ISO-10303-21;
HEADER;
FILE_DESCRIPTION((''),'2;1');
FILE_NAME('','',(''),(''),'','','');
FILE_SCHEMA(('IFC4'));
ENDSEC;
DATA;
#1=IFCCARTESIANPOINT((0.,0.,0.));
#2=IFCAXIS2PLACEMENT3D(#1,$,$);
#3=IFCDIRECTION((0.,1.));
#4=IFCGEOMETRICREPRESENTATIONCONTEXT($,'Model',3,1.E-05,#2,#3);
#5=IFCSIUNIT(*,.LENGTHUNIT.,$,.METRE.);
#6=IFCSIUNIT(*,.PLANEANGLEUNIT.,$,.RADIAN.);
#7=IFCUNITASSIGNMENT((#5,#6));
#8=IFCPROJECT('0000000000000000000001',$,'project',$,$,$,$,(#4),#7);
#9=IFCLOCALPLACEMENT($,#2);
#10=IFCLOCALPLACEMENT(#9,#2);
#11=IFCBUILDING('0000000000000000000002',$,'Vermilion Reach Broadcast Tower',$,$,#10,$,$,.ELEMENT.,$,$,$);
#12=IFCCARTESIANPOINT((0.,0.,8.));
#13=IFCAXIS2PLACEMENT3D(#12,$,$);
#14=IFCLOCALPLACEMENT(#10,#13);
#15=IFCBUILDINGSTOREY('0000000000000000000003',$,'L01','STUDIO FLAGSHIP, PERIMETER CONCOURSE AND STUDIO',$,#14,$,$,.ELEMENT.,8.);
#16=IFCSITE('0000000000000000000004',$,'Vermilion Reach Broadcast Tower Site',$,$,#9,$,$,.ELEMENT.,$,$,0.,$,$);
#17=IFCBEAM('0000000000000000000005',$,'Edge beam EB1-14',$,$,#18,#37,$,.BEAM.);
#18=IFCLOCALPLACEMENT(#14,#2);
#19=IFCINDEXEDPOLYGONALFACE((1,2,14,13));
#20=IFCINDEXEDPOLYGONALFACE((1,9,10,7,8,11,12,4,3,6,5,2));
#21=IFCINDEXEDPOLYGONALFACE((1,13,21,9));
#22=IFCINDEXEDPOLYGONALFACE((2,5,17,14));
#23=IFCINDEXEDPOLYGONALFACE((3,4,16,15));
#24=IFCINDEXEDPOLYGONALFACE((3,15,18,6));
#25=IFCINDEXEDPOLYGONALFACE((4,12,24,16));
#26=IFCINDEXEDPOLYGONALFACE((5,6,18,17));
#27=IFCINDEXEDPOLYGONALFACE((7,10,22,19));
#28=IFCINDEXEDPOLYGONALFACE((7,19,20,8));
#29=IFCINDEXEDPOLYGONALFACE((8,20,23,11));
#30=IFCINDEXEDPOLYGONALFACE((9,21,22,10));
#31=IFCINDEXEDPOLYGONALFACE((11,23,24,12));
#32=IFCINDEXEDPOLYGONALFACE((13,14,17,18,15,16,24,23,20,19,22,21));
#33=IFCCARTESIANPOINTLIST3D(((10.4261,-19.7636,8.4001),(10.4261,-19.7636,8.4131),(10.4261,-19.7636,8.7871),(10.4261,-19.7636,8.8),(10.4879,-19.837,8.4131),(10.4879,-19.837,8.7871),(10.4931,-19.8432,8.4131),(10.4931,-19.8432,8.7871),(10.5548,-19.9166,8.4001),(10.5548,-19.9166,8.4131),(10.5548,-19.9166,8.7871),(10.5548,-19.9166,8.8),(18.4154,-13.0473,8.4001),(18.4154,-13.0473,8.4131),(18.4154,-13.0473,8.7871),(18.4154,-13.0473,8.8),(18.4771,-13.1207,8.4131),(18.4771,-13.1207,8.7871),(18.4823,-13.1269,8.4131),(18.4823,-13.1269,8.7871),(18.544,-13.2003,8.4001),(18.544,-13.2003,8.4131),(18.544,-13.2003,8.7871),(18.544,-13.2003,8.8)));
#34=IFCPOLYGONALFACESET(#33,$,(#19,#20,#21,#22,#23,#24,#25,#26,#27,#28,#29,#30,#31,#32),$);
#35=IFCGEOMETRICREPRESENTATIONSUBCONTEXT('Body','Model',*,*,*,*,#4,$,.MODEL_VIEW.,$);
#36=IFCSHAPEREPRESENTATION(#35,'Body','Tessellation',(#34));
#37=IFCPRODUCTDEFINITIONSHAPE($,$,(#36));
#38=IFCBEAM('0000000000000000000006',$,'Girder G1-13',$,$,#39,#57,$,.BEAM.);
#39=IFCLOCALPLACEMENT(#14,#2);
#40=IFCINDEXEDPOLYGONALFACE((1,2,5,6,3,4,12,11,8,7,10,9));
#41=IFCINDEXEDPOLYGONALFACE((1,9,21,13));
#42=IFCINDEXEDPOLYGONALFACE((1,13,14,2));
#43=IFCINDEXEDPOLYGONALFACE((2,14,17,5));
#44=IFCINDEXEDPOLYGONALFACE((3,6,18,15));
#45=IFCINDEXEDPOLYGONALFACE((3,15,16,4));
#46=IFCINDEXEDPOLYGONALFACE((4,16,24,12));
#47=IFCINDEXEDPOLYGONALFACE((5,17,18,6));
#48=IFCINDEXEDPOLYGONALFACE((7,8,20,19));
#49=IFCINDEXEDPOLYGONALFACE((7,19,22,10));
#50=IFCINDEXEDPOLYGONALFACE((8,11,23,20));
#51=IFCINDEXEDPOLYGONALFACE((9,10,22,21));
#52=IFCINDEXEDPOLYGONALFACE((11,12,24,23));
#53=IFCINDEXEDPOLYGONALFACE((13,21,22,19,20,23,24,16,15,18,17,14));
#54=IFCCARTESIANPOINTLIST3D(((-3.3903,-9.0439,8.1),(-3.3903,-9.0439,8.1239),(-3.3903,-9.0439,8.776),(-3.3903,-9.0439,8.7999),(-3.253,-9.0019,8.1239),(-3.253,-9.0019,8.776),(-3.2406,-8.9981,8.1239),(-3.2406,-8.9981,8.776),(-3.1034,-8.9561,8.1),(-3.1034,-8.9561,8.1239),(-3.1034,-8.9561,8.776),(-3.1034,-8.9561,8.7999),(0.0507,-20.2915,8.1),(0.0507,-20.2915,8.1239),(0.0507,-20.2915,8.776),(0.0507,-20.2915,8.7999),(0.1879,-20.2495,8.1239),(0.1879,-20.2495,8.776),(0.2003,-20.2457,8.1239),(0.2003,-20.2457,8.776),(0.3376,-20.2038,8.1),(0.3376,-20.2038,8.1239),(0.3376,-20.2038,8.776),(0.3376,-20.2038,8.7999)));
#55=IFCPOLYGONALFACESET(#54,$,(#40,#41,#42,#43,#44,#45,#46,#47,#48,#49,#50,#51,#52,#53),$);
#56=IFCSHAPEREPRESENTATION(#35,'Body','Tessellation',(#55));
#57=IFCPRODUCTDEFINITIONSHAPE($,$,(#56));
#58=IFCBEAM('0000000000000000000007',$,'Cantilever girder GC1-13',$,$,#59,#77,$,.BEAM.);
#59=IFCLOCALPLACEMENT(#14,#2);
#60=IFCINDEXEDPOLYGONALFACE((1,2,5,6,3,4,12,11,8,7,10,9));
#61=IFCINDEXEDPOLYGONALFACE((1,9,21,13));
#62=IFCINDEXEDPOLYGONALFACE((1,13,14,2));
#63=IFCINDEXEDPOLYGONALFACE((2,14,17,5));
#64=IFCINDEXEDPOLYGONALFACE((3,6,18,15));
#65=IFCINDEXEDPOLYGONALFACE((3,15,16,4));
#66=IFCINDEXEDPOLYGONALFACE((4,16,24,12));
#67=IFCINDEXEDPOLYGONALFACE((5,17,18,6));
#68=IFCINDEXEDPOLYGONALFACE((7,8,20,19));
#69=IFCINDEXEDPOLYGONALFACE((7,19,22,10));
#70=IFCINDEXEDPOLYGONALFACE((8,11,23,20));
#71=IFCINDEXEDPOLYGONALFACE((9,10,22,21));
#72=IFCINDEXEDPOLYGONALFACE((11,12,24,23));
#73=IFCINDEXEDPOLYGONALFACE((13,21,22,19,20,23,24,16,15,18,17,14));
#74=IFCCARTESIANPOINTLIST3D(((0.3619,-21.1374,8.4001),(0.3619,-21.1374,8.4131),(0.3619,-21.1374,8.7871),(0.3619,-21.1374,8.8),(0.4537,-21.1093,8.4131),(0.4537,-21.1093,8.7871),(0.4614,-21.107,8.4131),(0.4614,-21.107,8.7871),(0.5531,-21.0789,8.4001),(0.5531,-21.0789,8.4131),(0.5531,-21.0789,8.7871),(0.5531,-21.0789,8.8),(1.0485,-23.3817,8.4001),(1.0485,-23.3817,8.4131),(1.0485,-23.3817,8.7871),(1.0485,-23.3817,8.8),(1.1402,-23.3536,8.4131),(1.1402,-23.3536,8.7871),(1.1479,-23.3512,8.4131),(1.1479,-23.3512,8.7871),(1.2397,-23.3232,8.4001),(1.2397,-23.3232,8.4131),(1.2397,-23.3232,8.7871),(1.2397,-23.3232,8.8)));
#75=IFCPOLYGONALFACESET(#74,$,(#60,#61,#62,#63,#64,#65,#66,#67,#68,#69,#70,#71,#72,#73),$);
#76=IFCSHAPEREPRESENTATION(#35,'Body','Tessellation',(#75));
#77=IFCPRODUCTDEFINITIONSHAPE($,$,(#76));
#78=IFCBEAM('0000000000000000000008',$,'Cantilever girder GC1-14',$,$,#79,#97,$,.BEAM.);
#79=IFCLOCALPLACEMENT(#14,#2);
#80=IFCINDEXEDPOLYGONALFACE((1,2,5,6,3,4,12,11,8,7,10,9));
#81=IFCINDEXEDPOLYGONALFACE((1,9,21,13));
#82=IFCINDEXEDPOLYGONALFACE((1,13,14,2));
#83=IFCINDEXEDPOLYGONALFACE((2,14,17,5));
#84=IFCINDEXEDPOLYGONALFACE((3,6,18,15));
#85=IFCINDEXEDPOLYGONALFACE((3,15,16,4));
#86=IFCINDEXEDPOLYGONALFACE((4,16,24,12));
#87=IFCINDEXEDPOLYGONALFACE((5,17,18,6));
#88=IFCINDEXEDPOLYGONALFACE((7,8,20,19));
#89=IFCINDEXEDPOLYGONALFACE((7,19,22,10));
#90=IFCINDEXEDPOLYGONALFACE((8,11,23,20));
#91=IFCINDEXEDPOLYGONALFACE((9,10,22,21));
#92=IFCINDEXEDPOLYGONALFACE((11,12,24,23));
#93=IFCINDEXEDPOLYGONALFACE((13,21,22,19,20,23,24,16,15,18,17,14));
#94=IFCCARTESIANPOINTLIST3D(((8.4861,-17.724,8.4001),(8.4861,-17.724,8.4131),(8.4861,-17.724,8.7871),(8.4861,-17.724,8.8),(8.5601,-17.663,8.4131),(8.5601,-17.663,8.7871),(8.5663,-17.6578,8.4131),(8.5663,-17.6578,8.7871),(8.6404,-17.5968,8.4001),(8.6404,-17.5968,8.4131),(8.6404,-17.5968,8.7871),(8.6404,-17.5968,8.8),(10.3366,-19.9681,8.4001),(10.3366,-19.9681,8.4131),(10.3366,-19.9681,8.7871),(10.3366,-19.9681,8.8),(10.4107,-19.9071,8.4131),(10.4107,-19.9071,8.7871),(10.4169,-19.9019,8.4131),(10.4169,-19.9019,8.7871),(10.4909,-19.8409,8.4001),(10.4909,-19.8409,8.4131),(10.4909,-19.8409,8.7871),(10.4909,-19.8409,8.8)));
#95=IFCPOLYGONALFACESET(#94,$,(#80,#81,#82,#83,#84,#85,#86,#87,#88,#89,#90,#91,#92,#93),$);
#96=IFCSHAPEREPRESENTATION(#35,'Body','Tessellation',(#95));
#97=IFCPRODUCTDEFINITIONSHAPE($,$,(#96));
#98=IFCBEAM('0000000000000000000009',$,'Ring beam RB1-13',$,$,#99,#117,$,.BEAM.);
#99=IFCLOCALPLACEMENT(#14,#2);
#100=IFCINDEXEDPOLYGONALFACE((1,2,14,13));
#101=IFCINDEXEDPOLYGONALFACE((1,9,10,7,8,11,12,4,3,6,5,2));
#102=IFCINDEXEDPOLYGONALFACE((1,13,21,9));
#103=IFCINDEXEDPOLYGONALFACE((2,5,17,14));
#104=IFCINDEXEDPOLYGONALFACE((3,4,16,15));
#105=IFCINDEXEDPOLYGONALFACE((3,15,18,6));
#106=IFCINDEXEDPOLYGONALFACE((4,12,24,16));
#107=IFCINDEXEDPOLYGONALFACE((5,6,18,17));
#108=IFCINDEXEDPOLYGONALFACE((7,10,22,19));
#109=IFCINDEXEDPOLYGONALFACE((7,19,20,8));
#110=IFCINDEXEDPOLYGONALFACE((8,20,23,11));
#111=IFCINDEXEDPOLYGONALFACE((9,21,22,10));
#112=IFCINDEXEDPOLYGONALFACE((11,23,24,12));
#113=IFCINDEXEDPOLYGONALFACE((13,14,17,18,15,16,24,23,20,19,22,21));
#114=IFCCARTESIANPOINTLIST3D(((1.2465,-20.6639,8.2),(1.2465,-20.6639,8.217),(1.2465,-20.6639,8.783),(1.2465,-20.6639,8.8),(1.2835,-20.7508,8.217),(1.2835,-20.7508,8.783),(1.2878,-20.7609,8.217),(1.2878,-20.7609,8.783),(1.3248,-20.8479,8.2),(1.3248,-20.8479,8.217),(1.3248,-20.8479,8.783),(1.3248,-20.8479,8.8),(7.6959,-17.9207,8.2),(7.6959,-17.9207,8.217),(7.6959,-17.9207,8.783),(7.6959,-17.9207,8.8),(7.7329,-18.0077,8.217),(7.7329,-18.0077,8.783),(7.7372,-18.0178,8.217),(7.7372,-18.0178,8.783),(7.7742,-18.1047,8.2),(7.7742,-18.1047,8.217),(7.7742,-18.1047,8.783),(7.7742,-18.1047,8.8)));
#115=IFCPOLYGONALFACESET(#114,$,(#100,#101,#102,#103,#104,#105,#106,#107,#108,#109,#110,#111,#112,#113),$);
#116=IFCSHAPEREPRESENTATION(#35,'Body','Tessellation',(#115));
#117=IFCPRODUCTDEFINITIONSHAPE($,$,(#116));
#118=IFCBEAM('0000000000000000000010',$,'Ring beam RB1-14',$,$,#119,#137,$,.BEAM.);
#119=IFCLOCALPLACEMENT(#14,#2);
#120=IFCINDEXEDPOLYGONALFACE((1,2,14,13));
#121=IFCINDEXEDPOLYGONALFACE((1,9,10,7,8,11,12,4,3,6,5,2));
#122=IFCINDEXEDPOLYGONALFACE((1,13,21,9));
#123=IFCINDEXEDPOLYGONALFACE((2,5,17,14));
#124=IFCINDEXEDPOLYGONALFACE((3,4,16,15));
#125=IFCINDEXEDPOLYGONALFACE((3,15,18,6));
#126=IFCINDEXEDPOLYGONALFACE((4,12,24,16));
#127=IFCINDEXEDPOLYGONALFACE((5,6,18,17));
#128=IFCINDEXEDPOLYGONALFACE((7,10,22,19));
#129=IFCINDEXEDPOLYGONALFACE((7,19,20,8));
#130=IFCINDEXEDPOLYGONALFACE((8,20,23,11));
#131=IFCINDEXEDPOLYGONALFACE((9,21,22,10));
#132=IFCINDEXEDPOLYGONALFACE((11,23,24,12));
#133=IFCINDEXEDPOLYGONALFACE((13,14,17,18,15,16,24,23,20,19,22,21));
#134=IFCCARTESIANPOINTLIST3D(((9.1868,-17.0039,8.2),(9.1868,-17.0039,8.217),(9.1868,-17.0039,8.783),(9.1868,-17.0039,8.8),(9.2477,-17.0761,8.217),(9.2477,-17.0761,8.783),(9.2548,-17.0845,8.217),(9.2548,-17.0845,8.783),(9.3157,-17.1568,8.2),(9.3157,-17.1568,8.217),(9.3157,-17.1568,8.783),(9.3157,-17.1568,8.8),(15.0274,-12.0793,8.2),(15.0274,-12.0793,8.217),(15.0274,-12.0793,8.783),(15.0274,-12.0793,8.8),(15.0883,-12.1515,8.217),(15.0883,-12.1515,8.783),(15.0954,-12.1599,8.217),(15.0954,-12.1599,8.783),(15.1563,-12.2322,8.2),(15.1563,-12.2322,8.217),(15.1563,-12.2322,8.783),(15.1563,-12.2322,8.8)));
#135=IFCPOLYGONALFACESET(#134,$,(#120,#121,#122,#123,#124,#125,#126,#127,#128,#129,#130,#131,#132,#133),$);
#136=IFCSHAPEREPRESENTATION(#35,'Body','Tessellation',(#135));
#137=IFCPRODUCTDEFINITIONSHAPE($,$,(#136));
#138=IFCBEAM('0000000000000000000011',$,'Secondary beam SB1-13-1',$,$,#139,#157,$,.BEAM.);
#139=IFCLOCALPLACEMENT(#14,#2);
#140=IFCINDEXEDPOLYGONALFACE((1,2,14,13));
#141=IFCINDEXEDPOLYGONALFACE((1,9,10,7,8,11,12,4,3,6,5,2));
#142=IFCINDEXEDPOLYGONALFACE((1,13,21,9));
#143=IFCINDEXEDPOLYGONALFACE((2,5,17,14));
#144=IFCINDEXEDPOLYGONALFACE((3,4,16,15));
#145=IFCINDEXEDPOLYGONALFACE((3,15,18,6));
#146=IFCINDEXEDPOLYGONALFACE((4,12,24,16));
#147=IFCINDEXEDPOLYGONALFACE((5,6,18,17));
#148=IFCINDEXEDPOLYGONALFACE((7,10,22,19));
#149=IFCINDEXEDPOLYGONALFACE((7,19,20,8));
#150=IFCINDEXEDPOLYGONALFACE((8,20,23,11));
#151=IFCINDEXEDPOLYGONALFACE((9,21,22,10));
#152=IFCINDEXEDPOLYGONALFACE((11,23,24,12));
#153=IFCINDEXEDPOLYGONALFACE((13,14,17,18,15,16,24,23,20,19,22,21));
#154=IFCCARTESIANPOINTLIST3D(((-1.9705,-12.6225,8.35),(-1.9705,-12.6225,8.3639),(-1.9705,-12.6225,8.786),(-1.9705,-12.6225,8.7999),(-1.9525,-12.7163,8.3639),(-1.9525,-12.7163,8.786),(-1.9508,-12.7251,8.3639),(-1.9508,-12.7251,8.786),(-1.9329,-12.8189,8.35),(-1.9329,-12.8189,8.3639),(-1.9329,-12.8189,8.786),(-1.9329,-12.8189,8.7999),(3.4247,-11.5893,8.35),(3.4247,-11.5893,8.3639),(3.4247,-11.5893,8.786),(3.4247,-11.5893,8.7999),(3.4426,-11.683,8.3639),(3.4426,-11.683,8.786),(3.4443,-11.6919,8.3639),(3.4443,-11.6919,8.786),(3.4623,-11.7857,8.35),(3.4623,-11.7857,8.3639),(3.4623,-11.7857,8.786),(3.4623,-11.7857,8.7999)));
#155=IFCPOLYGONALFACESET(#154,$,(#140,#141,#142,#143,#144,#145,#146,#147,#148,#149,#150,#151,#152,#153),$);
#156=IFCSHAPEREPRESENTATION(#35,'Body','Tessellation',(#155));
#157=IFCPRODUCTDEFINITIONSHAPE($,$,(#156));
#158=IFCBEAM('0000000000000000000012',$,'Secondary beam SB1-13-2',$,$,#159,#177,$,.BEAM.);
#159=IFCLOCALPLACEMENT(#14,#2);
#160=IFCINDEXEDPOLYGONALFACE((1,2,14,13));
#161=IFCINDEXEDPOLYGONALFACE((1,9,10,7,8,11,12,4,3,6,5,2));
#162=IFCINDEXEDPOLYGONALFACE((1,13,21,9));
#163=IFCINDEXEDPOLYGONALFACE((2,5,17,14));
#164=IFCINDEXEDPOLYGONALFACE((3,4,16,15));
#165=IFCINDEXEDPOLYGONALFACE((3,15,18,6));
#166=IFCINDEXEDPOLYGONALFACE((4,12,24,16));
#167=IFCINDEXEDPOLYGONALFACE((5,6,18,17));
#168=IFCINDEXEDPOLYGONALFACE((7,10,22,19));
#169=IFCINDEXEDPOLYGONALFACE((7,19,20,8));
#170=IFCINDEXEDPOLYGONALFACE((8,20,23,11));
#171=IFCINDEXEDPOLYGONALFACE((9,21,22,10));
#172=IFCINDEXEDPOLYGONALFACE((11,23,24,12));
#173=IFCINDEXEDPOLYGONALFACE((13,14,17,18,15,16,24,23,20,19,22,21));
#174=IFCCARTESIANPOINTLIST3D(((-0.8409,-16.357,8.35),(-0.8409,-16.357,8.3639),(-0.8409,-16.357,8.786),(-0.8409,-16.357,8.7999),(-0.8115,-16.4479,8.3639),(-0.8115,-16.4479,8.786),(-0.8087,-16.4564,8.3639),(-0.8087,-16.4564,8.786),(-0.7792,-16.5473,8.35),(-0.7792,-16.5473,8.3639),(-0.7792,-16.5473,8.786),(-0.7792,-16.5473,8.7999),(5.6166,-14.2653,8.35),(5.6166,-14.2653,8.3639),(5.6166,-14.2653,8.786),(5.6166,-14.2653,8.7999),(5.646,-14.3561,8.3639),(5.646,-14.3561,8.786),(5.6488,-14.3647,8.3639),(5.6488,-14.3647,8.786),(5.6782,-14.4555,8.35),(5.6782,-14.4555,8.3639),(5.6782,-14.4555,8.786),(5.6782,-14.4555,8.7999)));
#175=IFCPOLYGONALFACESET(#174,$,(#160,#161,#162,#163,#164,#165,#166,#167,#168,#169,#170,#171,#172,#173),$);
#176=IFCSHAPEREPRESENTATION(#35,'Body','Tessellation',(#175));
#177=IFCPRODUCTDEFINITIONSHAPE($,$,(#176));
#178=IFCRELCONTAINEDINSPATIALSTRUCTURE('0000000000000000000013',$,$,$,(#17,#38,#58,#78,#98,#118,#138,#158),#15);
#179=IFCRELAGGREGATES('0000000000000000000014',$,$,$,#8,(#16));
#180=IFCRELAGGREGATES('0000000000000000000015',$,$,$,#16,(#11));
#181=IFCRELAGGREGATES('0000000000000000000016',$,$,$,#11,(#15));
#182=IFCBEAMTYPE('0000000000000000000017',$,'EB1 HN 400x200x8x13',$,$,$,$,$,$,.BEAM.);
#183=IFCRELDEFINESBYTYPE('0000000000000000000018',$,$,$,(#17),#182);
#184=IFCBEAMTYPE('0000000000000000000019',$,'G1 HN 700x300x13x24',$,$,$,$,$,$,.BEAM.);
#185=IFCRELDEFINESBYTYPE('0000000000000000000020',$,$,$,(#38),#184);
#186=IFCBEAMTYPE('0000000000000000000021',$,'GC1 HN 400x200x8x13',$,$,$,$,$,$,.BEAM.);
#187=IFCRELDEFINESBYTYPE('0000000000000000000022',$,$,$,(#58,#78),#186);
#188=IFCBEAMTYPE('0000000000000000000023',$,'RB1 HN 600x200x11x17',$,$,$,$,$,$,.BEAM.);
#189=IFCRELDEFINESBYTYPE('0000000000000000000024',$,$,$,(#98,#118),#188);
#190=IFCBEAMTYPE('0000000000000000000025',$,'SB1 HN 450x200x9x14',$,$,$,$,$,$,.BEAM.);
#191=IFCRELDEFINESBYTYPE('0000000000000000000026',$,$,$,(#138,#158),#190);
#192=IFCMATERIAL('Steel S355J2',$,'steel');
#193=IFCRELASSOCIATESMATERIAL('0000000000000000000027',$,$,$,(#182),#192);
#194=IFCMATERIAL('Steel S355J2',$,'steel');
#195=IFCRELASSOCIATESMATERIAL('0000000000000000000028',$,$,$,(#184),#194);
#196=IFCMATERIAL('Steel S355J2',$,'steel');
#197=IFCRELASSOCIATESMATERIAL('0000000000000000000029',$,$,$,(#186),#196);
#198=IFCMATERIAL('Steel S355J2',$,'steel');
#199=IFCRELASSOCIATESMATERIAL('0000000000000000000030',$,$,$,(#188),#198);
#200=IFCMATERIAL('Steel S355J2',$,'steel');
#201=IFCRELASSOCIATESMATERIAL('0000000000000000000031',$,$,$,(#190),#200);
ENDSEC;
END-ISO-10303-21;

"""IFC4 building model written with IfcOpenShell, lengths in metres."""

from ifc_helpers import new_model, si_unit, direction, frame, origin, origin_2d, place, context, subcontext, project, spatial, i_section, extrude, material, material_profile, profile_set, type_object, element, save


model = new_model("IFC4")

# Units and contexts
model_context = context("Model", 3, precision=1e-05, world=origin(), true_north=direction((0.0, 1.0)))
body_context = subcontext(model_context, "Body", "Model", "MODEL_VIEW")
ifc_project = project(units=[si_unit("LENGTHUNIT", "METRE"), si_unit("PLANEANGLEUNIT", "RADIAN")], contexts=[model_context])

# Site, building, storey
site_placement = place(None, origin())
site = spatial("IfcSite", under=ifc_project, at=site_placement, Name="Vermilion Reach Broadcast Tower Site", CompositionType="ELEMENT", RefElevation=0.0)
building_placement = place(site_placement, origin())
building = spatial("IfcBuilding", under=site, at=building_placement, Name="Vermilion Reach Broadcast Tower", CompositionType="ELEMENT")
storey_placement = place(building_placement, frame((0.0, 0.0, 8.0)))
storey = spatial("IfcBuildingStorey", under=building, at=storey_placement, Name="L01", Description="STUDIO FLAGSHIP, PERIMETER CONCOURSE AND STUDIO", CompositionType="ELEMENT", Elevation=8.0)

# Beams
ifc_material_1 = material(Name="Steel S355J2", Category="steel")
ifc_material_profile_1 = material_profile(ifc_material_1, i_section(OverallWidth=0.2, OverallDepth=0.3999, WebThickness=0.0081, FlangeThickness=0.0129, at=origin_2d()), Name="S355J2 HN 400x200x8x13")
ifc_profile_set_1 = profile_set([ifc_material_profile_1], Name="Steel S355J2")
beam_type_1 = type_object("IfcBeamType", Name="EB1 HN 400x200x8x13", PredefinedType="BEAM", material=ifc_profile_set_1)
beam_1_placement = place(storey_placement, frame((10.4905, -19.8401, 8.6001), z_axis=(0.765453, 0.643492, 0.0), x_axis=(-0.643492, 0.765453, 0.0)))
element("IfcBeam", 1, at=beam_1_placement, inside=storey, type_object=beam_type_1, Name="Edge beam EB1-14", PredefinedType="BEAM", context=body_context, shape_type="SweptSolid", body=[
    extrude(i_section(OverallWidth=0.2, OverallDepth=0.3999, WebThickness=0.0081, FlangeThickness=0.0129, at=origin_2d()), origin(), (0.0, 0.0, 1.0), 10.4373),
])
ifc_material_2 = material(Name="Steel S355J2", Category="steel")
ifc_material_profile_2 = material_profile(ifc_material_2, i_section(OverallWidth=0.3, OverallDepth=0.7, WebThickness=0.0129, FlangeThickness=0.0239, at=origin_2d()), Name="S355J2 HN 700x300x13x24")
ifc_profile_set_2 = profile_set([ifc_material_profile_2], Name="Steel S355J2")
beam_type_2 = type_object("IfcBeamType", Name="G1 HN 700x300x13x24", PredefinedType="BEAM", material=ifc_profile_set_2)
beam_2_placement = place(storey_placement, frame((-3.2468, -9.0, 8.45), z_axis=(0.292542, -0.956253, 0.0), x_axis=(0.956253, 0.292542, 0.0)))
element("IfcBeam", 2, at=beam_2_placement, inside=storey, type_object=beam_type_2, Name="Girder G1-13", PredefinedType="BEAM", context=body_context, shape_type="SweptSolid", body=[
    extrude(i_section(OverallWidth=0.3, OverallDepth=0.7, WebThickness=0.0129, FlangeThickness=0.0239, at=origin_2d()), origin(), (0.0, 0.0, 1.0), 11.7622),
])
ifc_material_3 = material(Name="Steel S355J2", Category="steel")
ifc_material_profile_3 = material_profile(ifc_material_3, i_section(OverallWidth=0.2, OverallDepth=0.3999, WebThickness=0.0081, FlangeThickness=0.0129, at=origin_2d()), Name="S355J2 HN 400x200x8x13")
ifc_profile_set_3 = profile_set([ifc_material_profile_3], Name="Steel S355J2")
beam_type_3 = type_object("IfcBeamType", Name="GC1 HN 400x200x8x13", PredefinedType="BEAM", material=ifc_profile_set_3)
beam_3_placement = place(storey_placement, frame((0.4575, -21.1082, 8.6001), z_axis=(0.292536, -0.956255, 0.0), x_axis=(0.956255, 0.292536, 0.0)))
element("IfcBeam", 3, at=beam_3_placement, inside=storey, type_object=beam_type_3, Name="Cantilever girder GC1-13", PredefinedType="BEAM", context=body_context, shape_type="SweptSolid", body=[
    extrude(i_section(OverallWidth=0.2, OverallDepth=0.3999, WebThickness=0.0081, FlangeThickness=0.0129, at=origin_2d()), origin(), (0.0, 0.0, 1.0), 2.3469),
])
beam_4_placement = place(storey_placement, frame((8.5632, -17.6604, 8.6001), z_axis=(0.636213, -0.771513, 0.0), x_axis=(0.771513, 0.636213, 0.0)))
element("IfcBeam", 4, at=beam_4_placement, inside=storey, type_object=beam_type_3, Name="Cantilever girder GC1-14", PredefinedType="BEAM", context=body_context, shape_type="SweptSolid", body=[
    extrude(i_section(OverallWidth=0.2, OverallDepth=0.3999, WebThickness=0.0081, FlangeThickness=0.0129, at=origin_2d()), origin(), (0.0, 0.0, 1.0), 2.9087),
])
ifc_material_4 = material(Name="Steel S355J2", Category="steel")
ifc_material_profile_4 = material_profile(ifc_material_4, i_section(OverallWidth=0.2, OverallDepth=0.6001, WebThickness=0.011, FlangeThickness=0.0171, at=origin_2d()), Name="S355J2 HN 600x200x11x17")
ifc_profile_set_4 = profile_set([ifc_material_profile_4], Name="Steel S355J2")
beam_type_4 = type_object("IfcBeamType", Name="RB1 HN 600x200x11x17", PredefinedType="BEAM", material=ifc_profile_set_4)
beam_5_placement = place(storey_placement, frame((1.2856, -20.7559, 8.5), z_axis=(0.920221, 0.3914, 0.0), x_axis=(-0.3914, 0.920221, 0.0)))
element("IfcBeam", 5, at=beam_5_placement, inside=storey, type_object=beam_type_4, Name="Ring beam RB1-13", PredefinedType="BEAM", context=body_context, shape_type="SweptSolid", body=[
    extrude(i_section(OverallWidth=0.2, OverallDepth=0.6001, WebThickness=0.011, FlangeThickness=0.0171, at=origin_2d()), origin(), (0.0, 0.0, 1.0), 7.0085),
])
beam_6_placement = place(storey_placement, frame((9.2512, -17.0803, 8.5), z_axis=(0.764512, 0.644609, 0.0), x_axis=(-0.644609, 0.764512, 0.0)))
element("IfcBeam", 6, at=beam_6_placement, inside=storey, type_object=beam_type_4, Name="Ring beam RB1-14", PredefinedType="BEAM", context=body_context, shape_type="SweptSolid", body=[
    extrude(i_section(OverallWidth=0.2, OverallDepth=0.6001, WebThickness=0.011, FlangeThickness=0.0171, at=origin_2d()), origin(), (0.0, 0.0, 1.0), 7.6396),
])
ifc_material_5 = material(Name="Steel S355J2", Category="steel")
ifc_material_profile_5 = material_profile(ifc_material_5, i_section(OverallWidth=0.2, OverallDepth=0.45, WebThickness=0.009, FlangeThickness=0.0139, at=origin_2d()), Name="S355J2 HN 450x200x9x14")
ifc_profile_set_5 = profile_set([ifc_material_profile_5], Name="Steel S355J2")
beam_type_5 = type_object("IfcBeamType", Name="SB1 HN 450x200x9x14", PredefinedType="BEAM", material=ifc_profile_set_5)
beam_7_placement = place(storey_placement, frame((-1.9517, -12.7207, 8.575), z_axis=(0.982151, 0.188092, 0.0), x_axis=(-0.188092, 0.982151, 0.0)))
element("IfcBeam", 7, at=beam_7_placement, inside=storey, type_object=beam_type_5, Name="Secondary beam SB1-13-1", PredefinedType="BEAM", context=body_context, shape_type="SweptSolid", body=[
    extrude(i_section(OverallWidth=0.2, OverallDepth=0.45, WebThickness=0.009, FlangeThickness=0.0139, at=origin_2d()), origin(), (0.0, 0.0, 1.0), 5.4932),
])
beam_8_placement = place(storey_placement, frame((-0.8101, -16.4521, 8.575), z_axis=(0.951332, 0.308167, 0.0), x_axis=(-0.308167, 0.951332, 0.0)))
element("IfcBeam", 8, at=beam_8_placement, inside=storey, type_object=beam_type_5, Name="Secondary beam SB1-13-2", PredefinedType="BEAM", context=body_context, shape_type="SweptSolid", body=[
    extrude(i_section(OverallWidth=0.2, OverallDepth=0.45, WebThickness=0.009, FlangeThickness=0.0139, at=origin_2d()), origin(), (0.0, 0.0, 1.0), 6.7878),
])

save(model, "model.ifc")
